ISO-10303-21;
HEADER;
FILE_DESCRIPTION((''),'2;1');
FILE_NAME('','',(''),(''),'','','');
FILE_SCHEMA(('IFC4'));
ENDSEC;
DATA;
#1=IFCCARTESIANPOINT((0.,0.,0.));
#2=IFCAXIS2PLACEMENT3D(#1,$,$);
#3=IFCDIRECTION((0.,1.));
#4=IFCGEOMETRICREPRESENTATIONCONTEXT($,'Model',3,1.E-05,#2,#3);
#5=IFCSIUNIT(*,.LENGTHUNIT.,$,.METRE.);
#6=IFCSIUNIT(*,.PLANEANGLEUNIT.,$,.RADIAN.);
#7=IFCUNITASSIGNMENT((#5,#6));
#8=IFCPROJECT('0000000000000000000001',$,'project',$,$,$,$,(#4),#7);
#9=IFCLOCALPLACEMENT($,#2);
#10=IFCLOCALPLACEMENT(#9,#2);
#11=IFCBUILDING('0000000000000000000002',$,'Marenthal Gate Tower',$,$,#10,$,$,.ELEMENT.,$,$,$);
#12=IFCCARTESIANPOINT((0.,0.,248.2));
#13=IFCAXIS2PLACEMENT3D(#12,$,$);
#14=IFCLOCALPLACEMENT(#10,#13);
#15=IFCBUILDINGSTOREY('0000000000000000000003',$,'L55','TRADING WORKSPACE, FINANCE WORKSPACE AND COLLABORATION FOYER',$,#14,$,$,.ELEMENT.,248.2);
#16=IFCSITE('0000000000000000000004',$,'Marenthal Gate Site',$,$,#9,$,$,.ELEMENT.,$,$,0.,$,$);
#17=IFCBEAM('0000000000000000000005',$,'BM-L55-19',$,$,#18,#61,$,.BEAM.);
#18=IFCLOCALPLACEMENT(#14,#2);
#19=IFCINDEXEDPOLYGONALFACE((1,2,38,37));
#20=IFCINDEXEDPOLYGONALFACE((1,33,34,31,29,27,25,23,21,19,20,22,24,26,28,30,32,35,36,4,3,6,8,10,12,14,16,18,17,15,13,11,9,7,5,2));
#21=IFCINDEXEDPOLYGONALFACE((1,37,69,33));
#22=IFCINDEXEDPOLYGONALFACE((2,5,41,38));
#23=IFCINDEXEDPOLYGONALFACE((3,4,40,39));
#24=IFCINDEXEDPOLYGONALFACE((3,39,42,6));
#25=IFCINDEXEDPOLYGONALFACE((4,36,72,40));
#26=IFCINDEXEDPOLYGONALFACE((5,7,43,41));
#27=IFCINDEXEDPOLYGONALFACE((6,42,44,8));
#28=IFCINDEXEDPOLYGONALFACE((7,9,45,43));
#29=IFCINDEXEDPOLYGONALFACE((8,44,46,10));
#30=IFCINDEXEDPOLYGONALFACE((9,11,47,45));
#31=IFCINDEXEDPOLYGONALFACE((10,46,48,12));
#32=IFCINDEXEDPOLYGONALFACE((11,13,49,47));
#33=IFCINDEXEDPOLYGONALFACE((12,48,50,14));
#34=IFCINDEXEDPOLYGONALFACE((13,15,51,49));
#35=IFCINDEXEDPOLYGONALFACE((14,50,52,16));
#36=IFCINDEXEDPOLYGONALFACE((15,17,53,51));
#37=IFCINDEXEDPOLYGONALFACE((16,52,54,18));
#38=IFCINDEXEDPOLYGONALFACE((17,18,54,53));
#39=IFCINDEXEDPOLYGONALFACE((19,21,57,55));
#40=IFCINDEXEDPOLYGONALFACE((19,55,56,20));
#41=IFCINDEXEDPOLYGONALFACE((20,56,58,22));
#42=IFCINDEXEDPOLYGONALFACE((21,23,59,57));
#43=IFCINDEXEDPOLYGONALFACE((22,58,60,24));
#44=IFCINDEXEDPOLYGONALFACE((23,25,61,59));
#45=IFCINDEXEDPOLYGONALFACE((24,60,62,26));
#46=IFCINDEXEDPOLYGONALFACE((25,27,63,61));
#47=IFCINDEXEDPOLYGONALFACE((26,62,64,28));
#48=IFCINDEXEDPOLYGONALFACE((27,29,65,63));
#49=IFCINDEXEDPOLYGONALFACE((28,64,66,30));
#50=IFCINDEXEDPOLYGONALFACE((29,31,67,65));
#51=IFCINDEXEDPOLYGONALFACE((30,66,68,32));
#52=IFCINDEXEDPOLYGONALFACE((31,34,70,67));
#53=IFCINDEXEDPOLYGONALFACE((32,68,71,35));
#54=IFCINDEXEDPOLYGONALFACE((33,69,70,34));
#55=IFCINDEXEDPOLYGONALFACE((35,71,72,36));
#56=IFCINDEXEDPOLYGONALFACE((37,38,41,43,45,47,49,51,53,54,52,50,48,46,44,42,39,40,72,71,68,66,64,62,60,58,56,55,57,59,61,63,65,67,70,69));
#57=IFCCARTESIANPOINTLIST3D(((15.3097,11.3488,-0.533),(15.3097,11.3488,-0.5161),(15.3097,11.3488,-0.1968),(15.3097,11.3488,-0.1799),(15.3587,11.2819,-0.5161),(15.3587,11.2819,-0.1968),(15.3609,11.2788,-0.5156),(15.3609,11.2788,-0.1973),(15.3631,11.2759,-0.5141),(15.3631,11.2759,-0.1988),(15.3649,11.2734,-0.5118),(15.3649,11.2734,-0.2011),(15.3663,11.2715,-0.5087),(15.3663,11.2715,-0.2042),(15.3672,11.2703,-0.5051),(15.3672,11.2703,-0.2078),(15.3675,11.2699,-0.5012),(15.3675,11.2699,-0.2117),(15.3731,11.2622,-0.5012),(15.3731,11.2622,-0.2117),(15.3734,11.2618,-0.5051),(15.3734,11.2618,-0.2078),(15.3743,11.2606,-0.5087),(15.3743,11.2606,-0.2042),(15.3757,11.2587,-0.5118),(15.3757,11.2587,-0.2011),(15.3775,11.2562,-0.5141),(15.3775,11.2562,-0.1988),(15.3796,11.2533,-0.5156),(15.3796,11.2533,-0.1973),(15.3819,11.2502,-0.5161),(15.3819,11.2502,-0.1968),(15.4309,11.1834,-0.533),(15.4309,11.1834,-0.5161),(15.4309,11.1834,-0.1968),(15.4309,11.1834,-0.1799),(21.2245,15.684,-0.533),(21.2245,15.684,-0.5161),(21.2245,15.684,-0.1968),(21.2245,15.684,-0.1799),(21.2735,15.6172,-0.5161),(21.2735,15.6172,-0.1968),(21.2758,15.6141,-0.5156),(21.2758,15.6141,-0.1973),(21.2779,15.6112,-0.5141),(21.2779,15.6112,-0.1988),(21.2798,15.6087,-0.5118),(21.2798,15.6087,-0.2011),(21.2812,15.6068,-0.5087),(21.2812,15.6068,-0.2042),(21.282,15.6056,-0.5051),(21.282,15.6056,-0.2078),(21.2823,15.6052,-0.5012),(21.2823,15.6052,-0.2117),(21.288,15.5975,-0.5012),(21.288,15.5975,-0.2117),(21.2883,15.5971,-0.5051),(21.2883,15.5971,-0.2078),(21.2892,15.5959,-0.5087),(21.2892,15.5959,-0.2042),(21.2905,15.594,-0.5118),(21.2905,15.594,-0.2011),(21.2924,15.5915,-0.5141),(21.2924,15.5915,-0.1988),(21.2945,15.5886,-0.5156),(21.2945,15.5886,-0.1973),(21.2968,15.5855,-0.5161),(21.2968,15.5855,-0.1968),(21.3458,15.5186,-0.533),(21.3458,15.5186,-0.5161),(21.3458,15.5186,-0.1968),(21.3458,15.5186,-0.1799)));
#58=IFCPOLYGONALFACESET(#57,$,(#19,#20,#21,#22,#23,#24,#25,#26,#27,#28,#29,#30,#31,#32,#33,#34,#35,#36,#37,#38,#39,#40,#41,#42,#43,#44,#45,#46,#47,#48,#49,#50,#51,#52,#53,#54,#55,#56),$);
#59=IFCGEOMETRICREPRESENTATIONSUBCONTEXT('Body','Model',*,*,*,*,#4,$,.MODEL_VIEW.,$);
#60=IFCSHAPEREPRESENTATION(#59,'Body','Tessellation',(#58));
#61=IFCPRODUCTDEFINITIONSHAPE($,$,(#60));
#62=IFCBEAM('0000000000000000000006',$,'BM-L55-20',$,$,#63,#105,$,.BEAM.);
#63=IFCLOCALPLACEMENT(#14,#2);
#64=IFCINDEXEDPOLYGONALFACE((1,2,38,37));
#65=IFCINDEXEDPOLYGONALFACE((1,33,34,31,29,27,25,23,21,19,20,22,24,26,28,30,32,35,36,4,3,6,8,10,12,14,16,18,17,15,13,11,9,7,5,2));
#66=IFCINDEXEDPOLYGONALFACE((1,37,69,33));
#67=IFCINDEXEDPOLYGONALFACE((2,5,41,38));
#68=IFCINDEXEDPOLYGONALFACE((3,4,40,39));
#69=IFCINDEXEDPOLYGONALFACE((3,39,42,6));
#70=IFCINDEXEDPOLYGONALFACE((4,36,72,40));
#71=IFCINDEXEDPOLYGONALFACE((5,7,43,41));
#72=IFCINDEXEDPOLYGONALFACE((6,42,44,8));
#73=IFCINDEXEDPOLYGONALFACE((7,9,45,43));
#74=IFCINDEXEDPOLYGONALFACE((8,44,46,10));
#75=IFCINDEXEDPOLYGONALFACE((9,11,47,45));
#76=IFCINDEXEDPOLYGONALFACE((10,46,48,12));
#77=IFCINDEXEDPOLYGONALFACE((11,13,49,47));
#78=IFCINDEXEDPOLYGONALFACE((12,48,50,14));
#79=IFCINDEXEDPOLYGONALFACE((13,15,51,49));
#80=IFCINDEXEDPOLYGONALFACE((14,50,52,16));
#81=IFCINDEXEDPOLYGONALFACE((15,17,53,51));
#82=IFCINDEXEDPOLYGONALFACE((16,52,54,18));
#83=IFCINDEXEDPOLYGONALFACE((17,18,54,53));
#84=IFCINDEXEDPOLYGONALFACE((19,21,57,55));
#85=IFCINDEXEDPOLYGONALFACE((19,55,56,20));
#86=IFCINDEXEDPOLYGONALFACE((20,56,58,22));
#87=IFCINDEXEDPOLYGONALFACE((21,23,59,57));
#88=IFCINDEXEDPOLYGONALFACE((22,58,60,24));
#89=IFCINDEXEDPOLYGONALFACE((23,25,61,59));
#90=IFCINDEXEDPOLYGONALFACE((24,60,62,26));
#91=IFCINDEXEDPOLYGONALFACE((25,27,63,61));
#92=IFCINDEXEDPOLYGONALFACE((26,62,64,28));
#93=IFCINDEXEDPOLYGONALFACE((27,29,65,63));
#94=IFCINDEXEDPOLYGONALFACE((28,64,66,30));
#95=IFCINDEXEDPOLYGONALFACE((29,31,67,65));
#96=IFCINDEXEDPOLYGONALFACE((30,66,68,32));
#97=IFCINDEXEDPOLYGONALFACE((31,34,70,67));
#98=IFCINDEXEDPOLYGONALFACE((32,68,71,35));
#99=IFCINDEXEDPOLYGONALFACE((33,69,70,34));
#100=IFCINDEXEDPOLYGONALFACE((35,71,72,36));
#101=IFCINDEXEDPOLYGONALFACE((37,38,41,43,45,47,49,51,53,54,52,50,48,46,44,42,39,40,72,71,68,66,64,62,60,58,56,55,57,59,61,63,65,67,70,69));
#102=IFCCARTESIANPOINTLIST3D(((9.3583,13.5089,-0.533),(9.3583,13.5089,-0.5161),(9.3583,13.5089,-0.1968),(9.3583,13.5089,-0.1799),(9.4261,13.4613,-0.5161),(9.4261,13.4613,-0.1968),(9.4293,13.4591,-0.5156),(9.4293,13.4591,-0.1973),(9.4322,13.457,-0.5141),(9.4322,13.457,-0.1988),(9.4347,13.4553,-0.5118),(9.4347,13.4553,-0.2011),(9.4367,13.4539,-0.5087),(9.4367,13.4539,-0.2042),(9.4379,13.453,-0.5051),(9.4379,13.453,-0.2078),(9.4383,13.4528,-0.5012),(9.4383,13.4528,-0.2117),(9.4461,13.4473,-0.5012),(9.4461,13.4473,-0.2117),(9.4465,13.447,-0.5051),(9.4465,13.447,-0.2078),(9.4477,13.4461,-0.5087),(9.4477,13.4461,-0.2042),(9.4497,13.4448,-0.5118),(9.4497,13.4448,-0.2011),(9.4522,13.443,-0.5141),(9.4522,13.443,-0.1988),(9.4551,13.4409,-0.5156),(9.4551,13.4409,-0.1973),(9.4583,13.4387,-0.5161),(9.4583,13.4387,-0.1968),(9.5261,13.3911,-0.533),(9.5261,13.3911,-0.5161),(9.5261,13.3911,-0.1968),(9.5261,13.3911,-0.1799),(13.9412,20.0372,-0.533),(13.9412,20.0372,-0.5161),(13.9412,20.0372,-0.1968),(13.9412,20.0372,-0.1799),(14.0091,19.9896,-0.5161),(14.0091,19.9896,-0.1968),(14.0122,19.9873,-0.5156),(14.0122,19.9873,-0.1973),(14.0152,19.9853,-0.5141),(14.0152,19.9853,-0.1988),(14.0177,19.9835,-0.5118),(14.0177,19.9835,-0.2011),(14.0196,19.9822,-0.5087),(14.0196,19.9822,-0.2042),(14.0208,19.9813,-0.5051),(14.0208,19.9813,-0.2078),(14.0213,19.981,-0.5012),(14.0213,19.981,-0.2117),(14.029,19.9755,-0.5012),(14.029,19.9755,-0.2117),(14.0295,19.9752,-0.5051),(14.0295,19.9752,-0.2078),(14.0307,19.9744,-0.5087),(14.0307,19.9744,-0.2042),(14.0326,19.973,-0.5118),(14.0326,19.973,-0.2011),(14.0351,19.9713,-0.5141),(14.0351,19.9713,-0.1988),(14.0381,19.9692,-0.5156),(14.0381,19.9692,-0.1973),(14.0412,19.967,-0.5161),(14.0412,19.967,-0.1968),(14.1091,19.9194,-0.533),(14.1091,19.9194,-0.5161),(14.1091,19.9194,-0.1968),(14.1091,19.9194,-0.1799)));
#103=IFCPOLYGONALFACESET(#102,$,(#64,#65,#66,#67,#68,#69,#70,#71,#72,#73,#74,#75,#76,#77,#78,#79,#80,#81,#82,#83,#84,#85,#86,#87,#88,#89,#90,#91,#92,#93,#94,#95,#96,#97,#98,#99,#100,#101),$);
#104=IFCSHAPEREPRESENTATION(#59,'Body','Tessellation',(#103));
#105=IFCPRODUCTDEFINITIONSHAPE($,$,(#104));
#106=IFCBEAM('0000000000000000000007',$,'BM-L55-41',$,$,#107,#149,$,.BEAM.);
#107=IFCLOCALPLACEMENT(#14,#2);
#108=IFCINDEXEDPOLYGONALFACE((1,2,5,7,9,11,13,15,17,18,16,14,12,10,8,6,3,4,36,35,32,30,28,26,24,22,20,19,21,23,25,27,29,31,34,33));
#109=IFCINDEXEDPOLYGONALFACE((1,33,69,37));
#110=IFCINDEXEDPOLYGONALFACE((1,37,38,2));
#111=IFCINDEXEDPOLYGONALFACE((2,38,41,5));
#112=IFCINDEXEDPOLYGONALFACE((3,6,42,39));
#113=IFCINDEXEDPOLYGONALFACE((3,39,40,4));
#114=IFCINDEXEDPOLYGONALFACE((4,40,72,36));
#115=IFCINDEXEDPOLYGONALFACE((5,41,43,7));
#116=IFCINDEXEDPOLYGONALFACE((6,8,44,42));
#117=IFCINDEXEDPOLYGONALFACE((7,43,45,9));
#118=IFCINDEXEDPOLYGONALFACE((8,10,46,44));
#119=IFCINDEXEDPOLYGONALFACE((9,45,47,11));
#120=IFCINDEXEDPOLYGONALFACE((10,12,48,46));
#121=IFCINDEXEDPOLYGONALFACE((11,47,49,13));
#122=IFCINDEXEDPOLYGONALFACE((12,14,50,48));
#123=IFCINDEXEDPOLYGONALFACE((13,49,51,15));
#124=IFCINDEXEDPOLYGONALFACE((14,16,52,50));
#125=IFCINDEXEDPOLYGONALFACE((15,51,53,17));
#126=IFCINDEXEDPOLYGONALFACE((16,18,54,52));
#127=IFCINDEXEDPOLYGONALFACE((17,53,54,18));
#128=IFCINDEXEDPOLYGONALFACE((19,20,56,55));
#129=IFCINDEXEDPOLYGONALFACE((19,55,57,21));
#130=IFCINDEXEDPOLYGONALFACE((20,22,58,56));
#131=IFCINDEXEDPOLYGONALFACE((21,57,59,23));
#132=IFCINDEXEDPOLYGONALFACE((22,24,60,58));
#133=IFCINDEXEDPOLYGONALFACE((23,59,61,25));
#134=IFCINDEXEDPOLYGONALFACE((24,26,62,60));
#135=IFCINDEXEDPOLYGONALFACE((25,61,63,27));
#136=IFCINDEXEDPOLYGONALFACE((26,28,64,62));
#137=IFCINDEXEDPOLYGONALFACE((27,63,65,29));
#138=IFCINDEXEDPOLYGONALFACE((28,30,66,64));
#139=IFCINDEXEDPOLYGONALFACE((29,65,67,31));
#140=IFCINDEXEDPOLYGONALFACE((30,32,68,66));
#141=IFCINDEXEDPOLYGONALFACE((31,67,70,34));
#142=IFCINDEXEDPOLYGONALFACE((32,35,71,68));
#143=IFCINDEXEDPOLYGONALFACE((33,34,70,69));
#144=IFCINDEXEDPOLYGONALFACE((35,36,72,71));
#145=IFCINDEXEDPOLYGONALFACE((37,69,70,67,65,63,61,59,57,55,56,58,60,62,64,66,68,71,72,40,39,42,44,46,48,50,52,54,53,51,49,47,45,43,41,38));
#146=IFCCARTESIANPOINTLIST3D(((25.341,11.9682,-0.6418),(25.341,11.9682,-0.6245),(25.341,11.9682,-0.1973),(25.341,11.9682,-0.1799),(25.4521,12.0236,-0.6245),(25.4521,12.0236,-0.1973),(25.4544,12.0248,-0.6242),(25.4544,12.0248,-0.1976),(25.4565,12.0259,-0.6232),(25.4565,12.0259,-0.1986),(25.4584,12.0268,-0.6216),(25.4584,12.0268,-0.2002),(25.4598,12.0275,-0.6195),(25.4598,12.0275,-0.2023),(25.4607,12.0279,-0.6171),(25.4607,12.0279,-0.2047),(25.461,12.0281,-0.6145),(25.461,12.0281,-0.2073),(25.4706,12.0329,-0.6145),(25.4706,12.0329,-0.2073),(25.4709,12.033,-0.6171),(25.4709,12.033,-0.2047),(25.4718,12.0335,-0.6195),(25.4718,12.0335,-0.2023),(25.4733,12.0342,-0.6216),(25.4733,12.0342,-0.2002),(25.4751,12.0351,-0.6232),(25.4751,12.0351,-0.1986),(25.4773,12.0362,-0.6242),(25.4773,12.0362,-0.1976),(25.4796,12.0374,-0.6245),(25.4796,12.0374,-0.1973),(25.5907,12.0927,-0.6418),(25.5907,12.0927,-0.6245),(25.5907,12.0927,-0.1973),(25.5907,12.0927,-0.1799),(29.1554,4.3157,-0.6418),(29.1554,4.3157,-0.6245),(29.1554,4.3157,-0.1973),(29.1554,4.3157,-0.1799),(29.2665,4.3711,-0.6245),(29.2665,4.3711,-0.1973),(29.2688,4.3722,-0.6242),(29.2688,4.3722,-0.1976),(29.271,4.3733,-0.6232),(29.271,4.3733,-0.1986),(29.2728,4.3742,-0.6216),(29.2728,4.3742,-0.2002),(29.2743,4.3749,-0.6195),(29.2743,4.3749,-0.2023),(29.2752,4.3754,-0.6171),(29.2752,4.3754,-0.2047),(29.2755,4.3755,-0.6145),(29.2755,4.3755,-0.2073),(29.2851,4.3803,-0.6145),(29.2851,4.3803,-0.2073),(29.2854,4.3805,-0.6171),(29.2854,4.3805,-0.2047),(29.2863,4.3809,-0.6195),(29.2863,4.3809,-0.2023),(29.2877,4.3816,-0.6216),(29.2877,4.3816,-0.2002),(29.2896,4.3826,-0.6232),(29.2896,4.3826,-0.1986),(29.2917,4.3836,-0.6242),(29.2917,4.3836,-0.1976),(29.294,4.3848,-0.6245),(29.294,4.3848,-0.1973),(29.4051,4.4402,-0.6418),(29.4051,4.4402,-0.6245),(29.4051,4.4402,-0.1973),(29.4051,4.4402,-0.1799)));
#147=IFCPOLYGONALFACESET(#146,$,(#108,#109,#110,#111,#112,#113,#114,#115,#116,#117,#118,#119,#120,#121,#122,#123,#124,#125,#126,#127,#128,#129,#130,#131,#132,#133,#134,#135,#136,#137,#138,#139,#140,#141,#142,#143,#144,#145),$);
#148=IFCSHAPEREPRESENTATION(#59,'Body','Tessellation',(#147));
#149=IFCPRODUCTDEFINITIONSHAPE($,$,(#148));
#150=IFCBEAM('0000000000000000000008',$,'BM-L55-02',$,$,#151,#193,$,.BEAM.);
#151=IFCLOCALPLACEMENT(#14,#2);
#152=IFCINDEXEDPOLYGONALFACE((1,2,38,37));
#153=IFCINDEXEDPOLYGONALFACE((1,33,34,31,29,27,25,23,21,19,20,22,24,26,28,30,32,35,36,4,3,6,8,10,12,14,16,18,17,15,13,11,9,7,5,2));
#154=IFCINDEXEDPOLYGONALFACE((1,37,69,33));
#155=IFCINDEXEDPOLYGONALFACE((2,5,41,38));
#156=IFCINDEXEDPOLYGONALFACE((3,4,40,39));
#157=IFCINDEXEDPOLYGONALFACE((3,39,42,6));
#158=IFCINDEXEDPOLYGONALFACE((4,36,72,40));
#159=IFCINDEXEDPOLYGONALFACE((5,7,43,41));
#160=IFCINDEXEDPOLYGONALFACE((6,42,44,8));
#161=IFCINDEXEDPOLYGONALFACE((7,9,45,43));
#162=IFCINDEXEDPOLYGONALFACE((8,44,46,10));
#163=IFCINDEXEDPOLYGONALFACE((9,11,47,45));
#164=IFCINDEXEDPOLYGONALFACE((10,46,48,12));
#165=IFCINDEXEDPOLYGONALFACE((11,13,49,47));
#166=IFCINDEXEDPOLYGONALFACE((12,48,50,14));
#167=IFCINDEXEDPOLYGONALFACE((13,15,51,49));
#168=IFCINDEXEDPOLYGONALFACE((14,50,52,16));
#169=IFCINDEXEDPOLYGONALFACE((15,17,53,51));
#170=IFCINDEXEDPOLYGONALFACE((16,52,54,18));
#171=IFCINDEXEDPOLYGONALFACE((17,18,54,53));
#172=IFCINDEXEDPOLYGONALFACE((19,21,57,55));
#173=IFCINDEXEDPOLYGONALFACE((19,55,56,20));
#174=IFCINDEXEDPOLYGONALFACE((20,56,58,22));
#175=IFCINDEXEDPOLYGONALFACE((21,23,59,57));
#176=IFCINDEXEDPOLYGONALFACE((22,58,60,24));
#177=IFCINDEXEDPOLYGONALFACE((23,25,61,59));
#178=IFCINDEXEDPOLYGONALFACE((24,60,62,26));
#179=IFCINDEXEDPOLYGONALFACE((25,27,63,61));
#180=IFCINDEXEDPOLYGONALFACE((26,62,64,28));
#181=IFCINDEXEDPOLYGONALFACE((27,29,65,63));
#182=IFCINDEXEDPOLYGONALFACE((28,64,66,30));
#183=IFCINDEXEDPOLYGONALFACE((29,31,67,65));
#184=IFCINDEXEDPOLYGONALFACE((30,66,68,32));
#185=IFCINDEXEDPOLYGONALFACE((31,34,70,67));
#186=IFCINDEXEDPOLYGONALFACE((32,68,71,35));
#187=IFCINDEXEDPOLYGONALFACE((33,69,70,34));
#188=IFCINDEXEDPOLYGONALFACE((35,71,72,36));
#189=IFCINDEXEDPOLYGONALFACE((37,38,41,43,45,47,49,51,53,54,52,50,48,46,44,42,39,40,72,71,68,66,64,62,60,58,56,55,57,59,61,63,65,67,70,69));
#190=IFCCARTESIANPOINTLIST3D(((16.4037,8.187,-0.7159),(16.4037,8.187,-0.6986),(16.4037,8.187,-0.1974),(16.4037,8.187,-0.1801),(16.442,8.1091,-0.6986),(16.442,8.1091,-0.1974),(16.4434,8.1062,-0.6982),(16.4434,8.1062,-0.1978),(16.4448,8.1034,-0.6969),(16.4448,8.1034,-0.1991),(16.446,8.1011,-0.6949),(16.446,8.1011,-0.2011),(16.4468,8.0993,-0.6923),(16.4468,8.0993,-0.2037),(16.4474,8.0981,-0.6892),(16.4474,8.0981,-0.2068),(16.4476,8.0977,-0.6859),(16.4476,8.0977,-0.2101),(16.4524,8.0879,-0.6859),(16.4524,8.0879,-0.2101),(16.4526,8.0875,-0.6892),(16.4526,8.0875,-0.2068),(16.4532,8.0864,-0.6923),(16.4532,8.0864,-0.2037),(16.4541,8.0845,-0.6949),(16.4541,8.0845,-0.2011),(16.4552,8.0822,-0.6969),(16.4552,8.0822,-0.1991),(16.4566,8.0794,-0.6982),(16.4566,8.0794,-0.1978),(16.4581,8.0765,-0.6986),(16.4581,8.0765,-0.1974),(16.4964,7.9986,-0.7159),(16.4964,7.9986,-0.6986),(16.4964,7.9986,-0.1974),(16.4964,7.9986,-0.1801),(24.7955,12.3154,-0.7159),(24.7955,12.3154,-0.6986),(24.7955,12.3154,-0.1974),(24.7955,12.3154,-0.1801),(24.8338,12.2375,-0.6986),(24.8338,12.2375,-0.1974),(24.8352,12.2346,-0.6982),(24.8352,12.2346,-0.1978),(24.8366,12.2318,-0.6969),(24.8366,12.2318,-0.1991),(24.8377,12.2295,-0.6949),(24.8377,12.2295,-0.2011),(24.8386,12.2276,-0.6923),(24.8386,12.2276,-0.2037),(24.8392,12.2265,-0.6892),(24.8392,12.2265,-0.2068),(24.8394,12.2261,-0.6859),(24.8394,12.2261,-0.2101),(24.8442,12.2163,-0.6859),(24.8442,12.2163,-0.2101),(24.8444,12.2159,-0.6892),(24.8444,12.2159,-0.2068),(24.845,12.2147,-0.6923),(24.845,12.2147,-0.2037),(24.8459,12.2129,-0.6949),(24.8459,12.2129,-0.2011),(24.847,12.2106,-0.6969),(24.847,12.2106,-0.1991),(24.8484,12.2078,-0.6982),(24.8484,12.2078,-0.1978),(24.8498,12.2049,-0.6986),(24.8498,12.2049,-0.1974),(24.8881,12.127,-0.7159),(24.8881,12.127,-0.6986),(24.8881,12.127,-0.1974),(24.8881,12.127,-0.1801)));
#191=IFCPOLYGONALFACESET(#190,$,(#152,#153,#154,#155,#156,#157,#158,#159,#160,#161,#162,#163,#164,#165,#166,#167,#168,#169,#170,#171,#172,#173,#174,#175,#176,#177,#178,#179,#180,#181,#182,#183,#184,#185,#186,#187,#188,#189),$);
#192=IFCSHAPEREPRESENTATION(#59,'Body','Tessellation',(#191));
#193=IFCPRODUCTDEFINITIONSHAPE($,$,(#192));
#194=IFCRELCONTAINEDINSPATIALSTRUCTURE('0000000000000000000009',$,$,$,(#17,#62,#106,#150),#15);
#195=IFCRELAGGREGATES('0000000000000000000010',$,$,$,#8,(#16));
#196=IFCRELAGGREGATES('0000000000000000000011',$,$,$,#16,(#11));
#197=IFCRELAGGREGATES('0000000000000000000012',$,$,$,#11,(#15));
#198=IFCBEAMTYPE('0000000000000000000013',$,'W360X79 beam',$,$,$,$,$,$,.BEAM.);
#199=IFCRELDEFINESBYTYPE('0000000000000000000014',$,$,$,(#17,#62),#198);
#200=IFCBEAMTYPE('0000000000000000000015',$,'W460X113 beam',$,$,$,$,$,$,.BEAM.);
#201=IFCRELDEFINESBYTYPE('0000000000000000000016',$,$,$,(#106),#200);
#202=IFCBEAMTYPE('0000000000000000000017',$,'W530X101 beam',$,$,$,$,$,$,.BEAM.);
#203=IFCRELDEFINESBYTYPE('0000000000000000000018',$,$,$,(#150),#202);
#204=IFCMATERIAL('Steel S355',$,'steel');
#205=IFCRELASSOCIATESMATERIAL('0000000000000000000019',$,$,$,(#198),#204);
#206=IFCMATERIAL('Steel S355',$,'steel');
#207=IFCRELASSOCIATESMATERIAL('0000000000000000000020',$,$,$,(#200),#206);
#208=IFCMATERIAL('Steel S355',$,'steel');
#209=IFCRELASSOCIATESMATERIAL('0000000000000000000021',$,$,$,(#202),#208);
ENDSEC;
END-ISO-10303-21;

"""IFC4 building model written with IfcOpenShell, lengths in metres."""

from ifc_helpers import new_model, si_unit, direction, frame, origin, origin_2d, place, context, subcontext, project, spatial, i_section, extrude, material, material_profile, profile_set, type_object, element, save


model = new_model("IFC4")

# Units and contexts
model_context = context("Model", 3, precision=1e-05, world=origin(), true_north=direction((0.0, 1.0)))
body_context = subcontext(model_context, "Body", "Model", "MODEL_VIEW")
ifc_project = project(units=[si_unit("LENGTHUNIT", "METRE"), si_unit("PLANEANGLEUNIT", "RADIAN")], contexts=[model_context])

# Site, building, storey
site_placement = place(None, origin())
site = spatial("IfcSite", under=ifc_project, at=site_placement, Name="Marenthal Gate Site", CompositionType="ELEMENT", RefElevation=0.0)
building_placement = place(site_placement, origin())
building = spatial("IfcBuilding", under=site, at=building_placement, Name="Marenthal Gate Tower", CompositionType="ELEMENT")
storey_placement = place(building_placement, frame((0.0, 0.0, 248.2)))
storey = spatial("IfcBuildingStorey", under=building, at=storey_placement, Name="L55", Description="TRADING WORKSPACE, FINANCE WORKSPACE AND COLLABORATION FOYER", CompositionType="ELEMENT", Elevation=248.2)

# Beams
ifc_material_1 = material(Name="Steel S355", Category="steel")
ifc_material_profile_1 = material_profile(ifc_material_1, i_section(OverallWidth=0.2051, OverallDepth=0.353, WebThickness=0.0095, FlangeThickness=0.0168, FilletRadius=0.0149, at=origin_2d()), Name="W360X79")
ifc_profile_set_1 = profile_set([ifc_material_profile_1], Name="Steel S355")
beam_type_1 = type_object("IfcBeamType", Name="W360X79 beam", PredefinedType="BEAM", material=ifc_profile_set_1)
beam_1_placement = place(storey_placement, frame((21.2852, 15.6013, -0.3564), z_axis=(-0.806555, -0.591159, 0.0), x_axis=(0.591159, -0.806555, 0.0)))
element("IfcBeam", 1, at=beam_1_placement, inside=storey, type_object=beam_type_1, Name="BM-L55-19", PredefinedType="BEAM", context=body_context, shape_type="SweptSolid", body=[
    extrude(i_section(OverallWidth=0.2051, OverallDepth=0.353, WebThickness=0.0095, FlangeThickness=0.0168, FilletRadius=0.0149, at=origin_2d()), origin(), (0.0, 0.0, 1.0), 7.3335),
])
beam_2_placement = place(storey_placement, frame((14.0251, 19.9783, -0.3564), z_axis=(-0.574571, -0.818455, 0.0), x_axis=(0.818455, -0.574571, 0.0)))
element("IfcBeam", 2, at=beam_2_placement, inside=storey, type_object=beam_type_1, Name="BM-L55-20", PredefinedType="BEAM", context=body_context, shape_type="SweptSolid", body=[
    extrude(i_section(OverallWidth=0.2051, OverallDepth=0.353, WebThickness=0.0095, FlangeThickness=0.0168, FilletRadius=0.0149, at=origin_2d()), origin(), (0.0, 0.0, 1.0), 7.9763),
])
ifc_material_2 = material(Name="Steel S355", Category="steel")
ifc_material_profile_2 = material_profile(ifc_material_2, i_section(OverallWidth=0.2791, OverallDepth=0.4619, WebThickness=0.0107, FlangeThickness=0.0173, FilletRadius=0.01, at=origin_2d()), Name="W460X113")
ifc_profile_set_2 = profile_set([ifc_material_profile_2], Name="Steel S355")
beam_type_2 = type_object("IfcBeamType", Name="W460X113 beam", PredefinedType="BEAM", material=ifc_profile_set_2)
beam_3_placement = place(storey_placement, frame((29.2803, 4.3779, -0.4109), z_axis=(-0.446105, 0.89498, 0.0), x_axis=(-0.89498, -0.446105, 0.0)))
element("IfcBeam", 3, at=beam_3_placement, inside=storey, type_object=beam_type_2, Name="BM-L55-41", PredefinedType="BEAM", context=body_context, shape_type="SweptSolid", body=[
    extrude(i_section(OverallWidth=0.2791, OverallDepth=0.4619, WebThickness=0.0107, FlangeThickness=0.0173, FilletRadius=0.01, at=origin_2d()), origin(), (0.0, 0.0, 1.0), 8.5505),
])
ifc_material_3 = material(Name="Steel S355", Category="steel")
ifc_material_profile_3 = material_profile(ifc_material_3, i_section(OverallWidth=0.21, OverallDepth=0.5359, WebThickness=0.011, FlangeThickness=0.0173, FilletRadius=0.0127, at=origin_2d()), Name="W530X101")
ifc_profile_set_3 = profile_set([ifc_material_profile_3], Name="Steel S355")
beam_type_3 = type_object("IfcBeamType", Name="W530X101 beam", PredefinedType="BEAM", material=ifc_profile_set_3)
beam_4_placement = place(storey_placement, frame((24.8418, 12.2212, -0.448), z_axis=(-0.897296, -0.44143, 0.0), x_axis=(0.44143, -0.897296, 0.0)))
element("IfcBeam", 4, at=beam_4_placement, inside=storey, type_object=beam_type_3, Name="BM-L55-02", PredefinedType="BEAM", context=body_context, shape_type="SweptSolid", body=[
    extrude(i_section(OverallWidth=0.21, OverallDepth=0.5359, WebThickness=0.011, FlangeThickness=0.0173, FilletRadius=0.0127, at=origin_2d()), origin(), (0.0, 0.0, 1.0), 9.3523),
])

save(model, "model.ifc")
